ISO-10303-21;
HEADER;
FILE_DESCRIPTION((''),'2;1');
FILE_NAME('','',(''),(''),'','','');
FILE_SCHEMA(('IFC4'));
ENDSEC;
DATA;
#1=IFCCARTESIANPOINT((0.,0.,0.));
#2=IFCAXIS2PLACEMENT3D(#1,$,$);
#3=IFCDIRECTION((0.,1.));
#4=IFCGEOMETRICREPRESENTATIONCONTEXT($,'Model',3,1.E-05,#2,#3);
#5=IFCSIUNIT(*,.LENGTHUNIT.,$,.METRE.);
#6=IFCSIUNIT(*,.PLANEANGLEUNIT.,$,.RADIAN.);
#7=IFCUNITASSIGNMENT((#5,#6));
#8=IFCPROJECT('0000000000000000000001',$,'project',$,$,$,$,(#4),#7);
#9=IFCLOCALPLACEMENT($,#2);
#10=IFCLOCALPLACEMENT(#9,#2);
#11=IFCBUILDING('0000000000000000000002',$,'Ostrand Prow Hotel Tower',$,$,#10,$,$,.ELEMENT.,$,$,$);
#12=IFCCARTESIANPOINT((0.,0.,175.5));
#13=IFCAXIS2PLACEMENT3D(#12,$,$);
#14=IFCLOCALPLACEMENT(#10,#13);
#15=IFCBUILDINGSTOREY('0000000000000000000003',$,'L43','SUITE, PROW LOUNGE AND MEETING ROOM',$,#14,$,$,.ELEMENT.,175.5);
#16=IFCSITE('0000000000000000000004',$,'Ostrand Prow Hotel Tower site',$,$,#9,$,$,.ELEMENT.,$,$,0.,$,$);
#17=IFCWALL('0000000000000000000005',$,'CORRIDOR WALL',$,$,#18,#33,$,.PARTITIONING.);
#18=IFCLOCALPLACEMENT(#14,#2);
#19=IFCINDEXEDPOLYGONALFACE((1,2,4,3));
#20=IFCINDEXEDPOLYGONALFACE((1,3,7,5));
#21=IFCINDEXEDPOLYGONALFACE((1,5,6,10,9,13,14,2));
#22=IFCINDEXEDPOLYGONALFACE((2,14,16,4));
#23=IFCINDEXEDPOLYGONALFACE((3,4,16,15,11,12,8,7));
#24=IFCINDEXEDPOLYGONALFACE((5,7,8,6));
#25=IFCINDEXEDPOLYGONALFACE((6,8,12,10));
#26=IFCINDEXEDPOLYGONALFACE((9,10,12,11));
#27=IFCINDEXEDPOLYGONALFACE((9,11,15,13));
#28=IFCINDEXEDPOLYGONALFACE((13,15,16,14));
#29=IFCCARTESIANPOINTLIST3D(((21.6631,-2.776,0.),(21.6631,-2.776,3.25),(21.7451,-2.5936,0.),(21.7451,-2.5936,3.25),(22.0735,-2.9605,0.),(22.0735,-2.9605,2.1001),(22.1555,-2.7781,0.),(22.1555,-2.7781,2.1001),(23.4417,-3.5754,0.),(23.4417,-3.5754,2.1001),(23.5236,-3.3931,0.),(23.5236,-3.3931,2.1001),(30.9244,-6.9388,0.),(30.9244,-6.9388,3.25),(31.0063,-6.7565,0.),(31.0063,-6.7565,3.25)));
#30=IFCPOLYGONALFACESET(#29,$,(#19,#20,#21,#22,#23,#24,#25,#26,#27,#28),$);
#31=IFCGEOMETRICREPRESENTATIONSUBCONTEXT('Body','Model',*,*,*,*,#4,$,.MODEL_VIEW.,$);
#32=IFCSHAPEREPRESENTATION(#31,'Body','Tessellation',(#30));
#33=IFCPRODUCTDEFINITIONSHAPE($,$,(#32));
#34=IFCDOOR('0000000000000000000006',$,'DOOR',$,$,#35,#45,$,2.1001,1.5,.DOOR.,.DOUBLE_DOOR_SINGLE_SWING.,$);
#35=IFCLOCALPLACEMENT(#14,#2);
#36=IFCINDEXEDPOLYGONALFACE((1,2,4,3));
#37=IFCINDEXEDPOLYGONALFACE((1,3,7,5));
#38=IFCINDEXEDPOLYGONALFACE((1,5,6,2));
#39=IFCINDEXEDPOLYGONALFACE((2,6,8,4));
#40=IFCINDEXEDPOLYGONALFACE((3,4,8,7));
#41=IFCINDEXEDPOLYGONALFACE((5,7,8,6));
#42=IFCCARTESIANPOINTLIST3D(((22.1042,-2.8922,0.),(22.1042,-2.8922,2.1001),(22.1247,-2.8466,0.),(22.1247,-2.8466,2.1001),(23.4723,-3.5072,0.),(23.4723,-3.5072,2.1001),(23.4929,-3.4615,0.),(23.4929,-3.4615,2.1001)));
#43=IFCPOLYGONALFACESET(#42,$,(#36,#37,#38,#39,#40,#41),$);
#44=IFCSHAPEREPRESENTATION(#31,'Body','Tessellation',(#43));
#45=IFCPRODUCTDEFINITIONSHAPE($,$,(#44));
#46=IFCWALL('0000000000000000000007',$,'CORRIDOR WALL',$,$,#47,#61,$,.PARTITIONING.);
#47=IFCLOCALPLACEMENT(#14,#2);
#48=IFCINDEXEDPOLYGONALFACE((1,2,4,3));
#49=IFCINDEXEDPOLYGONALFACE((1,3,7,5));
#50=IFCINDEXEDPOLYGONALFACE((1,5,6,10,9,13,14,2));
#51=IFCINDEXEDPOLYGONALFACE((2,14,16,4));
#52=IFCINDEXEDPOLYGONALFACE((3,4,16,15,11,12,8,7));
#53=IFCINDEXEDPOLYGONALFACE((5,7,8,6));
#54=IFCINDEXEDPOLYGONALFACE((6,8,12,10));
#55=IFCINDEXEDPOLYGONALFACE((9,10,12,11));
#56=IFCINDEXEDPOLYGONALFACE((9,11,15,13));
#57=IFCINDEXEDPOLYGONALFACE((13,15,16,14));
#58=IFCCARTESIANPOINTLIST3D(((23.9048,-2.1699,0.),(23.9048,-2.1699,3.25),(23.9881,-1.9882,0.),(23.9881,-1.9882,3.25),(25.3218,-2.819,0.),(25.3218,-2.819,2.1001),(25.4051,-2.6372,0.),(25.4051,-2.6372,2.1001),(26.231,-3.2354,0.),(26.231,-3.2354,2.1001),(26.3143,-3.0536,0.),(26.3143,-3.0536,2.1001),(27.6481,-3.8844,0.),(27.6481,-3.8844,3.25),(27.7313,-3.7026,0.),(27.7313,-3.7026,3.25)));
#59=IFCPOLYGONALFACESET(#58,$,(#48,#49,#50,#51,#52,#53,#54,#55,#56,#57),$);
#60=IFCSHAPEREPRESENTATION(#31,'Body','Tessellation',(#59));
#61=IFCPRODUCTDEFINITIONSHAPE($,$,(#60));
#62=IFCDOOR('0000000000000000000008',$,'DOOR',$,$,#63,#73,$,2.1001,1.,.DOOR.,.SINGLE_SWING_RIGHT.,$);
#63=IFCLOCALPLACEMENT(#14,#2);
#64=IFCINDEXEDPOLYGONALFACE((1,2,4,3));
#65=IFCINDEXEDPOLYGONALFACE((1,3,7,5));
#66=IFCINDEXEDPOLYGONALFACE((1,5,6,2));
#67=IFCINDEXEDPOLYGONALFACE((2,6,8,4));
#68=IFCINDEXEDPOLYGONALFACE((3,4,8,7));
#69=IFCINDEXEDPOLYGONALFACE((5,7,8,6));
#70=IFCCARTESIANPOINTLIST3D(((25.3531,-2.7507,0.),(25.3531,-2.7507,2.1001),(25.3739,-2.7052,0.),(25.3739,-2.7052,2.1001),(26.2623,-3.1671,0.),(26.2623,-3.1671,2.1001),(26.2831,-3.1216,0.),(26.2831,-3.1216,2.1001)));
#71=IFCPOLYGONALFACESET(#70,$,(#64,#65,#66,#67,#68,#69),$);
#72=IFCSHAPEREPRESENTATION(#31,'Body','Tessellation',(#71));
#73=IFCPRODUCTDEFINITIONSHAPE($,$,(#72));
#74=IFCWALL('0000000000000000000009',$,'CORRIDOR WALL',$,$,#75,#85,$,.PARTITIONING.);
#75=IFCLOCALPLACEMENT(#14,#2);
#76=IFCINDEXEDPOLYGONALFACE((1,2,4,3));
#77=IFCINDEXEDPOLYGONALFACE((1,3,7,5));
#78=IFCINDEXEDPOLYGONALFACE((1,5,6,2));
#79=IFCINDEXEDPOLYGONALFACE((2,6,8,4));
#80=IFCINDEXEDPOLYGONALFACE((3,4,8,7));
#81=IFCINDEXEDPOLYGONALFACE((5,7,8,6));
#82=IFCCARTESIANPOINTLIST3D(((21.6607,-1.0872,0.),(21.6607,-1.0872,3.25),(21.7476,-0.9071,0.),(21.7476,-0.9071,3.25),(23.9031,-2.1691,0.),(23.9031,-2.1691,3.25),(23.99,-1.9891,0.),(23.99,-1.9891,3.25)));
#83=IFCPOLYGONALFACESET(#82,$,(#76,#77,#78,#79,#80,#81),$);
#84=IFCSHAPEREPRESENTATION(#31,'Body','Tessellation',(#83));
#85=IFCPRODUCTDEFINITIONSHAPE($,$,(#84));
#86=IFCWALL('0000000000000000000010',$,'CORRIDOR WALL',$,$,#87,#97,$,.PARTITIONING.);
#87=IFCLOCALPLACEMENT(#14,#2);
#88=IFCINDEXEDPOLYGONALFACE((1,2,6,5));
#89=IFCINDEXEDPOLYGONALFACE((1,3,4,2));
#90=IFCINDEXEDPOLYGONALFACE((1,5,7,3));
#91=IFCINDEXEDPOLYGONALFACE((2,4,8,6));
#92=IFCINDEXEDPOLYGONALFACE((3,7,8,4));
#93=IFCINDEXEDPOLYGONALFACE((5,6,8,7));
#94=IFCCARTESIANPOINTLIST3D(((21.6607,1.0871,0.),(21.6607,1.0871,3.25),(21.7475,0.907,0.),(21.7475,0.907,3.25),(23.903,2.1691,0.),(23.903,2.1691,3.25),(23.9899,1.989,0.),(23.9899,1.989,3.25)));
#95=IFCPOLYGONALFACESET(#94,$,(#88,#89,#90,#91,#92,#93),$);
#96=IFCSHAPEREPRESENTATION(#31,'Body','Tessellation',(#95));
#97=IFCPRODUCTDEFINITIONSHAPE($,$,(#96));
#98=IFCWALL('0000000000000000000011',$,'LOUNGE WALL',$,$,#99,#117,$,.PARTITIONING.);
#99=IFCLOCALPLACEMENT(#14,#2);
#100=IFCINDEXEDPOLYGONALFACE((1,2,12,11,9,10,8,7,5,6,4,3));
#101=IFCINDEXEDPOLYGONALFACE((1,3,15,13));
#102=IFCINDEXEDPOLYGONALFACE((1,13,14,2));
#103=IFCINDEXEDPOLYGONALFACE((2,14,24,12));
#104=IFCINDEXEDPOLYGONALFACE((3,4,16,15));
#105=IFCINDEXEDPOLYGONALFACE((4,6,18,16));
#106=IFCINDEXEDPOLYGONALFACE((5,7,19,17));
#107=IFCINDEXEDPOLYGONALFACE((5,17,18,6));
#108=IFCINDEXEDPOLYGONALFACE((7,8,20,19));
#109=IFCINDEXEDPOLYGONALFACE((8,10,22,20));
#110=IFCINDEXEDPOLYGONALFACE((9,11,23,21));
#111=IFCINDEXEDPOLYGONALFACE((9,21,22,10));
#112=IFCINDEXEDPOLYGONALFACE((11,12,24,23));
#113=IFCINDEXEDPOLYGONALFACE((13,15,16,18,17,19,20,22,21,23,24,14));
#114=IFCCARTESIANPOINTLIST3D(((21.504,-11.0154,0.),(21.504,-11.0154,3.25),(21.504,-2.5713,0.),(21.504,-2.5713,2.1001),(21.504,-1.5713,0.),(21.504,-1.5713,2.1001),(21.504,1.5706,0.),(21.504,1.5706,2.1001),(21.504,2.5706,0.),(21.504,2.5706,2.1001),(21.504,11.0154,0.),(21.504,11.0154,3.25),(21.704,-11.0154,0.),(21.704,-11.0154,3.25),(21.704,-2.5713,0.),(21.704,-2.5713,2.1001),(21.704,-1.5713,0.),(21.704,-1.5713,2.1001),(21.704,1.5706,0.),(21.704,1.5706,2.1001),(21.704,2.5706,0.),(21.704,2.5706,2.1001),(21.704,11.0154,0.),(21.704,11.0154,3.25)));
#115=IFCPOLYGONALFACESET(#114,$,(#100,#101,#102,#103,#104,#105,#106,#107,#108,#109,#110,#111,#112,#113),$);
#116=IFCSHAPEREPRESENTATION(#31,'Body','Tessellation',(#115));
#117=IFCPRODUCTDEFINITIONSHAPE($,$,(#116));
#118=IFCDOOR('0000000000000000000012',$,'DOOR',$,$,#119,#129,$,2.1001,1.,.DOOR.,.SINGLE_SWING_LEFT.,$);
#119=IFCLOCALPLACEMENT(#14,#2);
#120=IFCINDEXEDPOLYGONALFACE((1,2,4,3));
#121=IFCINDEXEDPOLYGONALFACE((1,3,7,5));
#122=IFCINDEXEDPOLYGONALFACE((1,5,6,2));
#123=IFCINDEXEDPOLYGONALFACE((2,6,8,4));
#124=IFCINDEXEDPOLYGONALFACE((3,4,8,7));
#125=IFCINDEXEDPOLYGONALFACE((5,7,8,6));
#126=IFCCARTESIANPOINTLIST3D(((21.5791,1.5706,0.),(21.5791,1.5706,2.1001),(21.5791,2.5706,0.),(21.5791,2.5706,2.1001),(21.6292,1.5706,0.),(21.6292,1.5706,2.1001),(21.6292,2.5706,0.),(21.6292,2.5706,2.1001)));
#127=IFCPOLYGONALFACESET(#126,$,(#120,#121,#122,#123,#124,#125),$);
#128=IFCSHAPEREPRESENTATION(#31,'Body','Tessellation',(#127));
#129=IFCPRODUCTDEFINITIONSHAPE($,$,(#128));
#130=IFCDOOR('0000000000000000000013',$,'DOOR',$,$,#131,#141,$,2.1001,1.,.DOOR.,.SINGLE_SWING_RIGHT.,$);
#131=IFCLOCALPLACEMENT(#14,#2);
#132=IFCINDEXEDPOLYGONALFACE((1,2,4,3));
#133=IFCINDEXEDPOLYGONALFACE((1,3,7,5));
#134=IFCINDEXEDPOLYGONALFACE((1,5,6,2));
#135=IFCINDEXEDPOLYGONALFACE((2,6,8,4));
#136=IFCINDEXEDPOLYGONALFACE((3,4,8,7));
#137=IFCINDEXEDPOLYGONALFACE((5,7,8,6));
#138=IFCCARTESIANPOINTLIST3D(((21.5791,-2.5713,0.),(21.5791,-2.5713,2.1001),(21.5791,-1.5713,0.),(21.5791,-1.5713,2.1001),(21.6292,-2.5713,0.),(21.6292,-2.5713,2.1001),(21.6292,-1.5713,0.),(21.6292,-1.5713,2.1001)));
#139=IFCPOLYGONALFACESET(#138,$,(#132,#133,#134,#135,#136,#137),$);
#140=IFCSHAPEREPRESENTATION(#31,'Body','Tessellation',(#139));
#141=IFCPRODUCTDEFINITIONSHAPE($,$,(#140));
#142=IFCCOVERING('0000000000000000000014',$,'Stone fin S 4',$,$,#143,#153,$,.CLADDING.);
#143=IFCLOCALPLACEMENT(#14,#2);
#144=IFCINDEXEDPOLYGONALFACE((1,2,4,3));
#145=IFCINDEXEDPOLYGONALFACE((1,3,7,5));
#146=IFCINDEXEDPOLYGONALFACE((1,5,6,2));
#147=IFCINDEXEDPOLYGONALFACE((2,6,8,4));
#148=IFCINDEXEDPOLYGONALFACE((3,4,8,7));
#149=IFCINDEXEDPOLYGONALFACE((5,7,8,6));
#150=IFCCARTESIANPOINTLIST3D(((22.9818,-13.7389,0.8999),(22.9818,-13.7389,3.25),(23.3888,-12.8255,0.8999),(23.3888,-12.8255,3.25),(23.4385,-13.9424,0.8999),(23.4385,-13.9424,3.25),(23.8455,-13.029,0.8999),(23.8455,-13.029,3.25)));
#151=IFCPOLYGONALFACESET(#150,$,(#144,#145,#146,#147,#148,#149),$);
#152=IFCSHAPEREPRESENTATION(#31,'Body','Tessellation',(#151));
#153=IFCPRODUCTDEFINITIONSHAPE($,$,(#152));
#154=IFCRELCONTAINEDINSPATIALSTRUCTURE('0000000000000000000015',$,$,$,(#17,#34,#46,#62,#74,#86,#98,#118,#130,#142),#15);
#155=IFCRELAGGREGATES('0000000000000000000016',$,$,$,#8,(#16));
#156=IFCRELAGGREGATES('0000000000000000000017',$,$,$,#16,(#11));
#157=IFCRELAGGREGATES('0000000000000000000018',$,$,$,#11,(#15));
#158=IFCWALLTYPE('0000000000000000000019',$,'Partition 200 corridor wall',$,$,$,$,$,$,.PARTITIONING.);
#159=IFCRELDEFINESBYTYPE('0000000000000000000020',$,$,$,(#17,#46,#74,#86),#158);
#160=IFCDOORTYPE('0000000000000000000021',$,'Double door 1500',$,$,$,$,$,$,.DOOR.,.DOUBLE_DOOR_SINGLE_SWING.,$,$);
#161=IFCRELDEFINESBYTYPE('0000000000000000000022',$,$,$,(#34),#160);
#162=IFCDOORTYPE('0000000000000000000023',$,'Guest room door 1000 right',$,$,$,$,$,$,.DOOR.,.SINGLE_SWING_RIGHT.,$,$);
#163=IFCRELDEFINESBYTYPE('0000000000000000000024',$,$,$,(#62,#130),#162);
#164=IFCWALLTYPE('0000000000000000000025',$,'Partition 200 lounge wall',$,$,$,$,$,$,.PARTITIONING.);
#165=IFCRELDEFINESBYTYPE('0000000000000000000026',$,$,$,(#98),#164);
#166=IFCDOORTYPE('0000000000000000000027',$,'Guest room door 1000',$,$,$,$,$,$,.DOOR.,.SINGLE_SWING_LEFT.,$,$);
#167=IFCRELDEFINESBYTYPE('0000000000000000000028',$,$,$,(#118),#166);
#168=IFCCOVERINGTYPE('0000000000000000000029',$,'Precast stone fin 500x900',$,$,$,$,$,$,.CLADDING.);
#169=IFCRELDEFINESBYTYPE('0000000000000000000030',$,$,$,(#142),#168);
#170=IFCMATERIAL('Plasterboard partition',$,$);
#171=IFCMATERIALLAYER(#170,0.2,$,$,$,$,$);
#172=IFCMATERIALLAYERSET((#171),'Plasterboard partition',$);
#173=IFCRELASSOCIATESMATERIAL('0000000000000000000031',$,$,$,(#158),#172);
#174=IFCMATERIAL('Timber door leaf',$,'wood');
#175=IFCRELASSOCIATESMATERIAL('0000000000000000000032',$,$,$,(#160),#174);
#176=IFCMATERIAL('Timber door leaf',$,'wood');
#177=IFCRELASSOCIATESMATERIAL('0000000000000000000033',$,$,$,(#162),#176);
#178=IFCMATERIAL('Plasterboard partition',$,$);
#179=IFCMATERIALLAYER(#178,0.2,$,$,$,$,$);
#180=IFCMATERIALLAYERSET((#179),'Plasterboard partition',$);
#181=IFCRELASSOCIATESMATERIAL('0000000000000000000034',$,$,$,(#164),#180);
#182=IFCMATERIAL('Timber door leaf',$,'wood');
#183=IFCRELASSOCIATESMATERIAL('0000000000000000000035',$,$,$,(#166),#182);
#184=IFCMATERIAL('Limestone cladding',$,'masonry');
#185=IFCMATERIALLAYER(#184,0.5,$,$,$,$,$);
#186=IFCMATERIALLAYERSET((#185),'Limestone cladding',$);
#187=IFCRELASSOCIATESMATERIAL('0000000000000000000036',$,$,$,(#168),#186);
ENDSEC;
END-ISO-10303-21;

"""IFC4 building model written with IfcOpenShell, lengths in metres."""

from ifc_helpers import new_model, si_unit, direction, frame, frame_2d, origin, place, context, subcontext, project, spatial, rectangle, extrude, material, layer, layer_set, type_object, element, fill, save


model = new_model("IFC4")

# Units and contexts
model_context = context("Model", 3, precision=1e-05, world=origin(), true_north=direction((0.0, 1.0)))
body_context = subcontext(model_context, "Body", "Model", "MODEL_VIEW")
ifc_project = project(units=[si_unit("LENGTHUNIT", "METRE"), si_unit("PLANEANGLEUNIT", "RADIAN")], contexts=[model_context])

# Site, building, storey
site_placement = place(None, origin())
site = spatial("IfcSite", under=ifc_project, at=site_placement, Name="Ostrand Prow Hotel Tower site", CompositionType="ELEMENT", RefElevation=0.0)
building_placement = place(site_placement, origin())
building = spatial("IfcBuilding", under=site, at=building_placement, Name="Ostrand Prow Hotel Tower", CompositionType="ELEMENT")
storey_placement = place(building_placement, frame((0.0, 0.0, 175.5)))
storey = spatial("IfcBuildingStorey", under=building, at=storey_placement, Name="L43", Description="SUITE, PROW LOUNGE AND MEETING ROOM", CompositionType="ELEMENT", Elevation=175.5)

# Walls, openings, doors
ifc_material_1 = material(Name="Plasterboard partition")
ifc_layer_1 = layer(ifc_material_1, 0.2)
ifc_layer_set_1 = layer_set([ifc_layer_1], Name="Plasterboard partition")
wall_type_1 = type_object("IfcWallType", Name="Partition 200 corridor wall", PredefinedType="PARTITIONING", material=ifc_layer_set_1)
wall_1_placement = place(storey_placement, frame((21.7041, -2.6848, 0.0), z_axis=(0.0, 0.0, 1.0), x_axis=(0.912095, -0.409979, 0.0)))
wall_1 = element("IfcWall", 1, at=wall_1_placement, inside=storey, type_object=wall_type_1, Name="CORRIDOR WALL", PredefinedType="PARTITIONING", context=body_context, shape_type="SweptSolid", body=[
    extrude(rectangle(XDim=10.1538, YDim=0.2, at=frame_2d((5.0769, 0.0))), origin(), (0.0, 0.0, 1.0), 3.25),
])
opening_1_placement = place(wall_1_placement, frame((0.45, 0.0, 0.0)))
opening_1 = element("IfcOpeningElement", 2, at=opening_1_placement, cuts=wall_1, PredefinedType="OPENING", context=body_context, shape_type="SweptSolid", body=[
    extrude(rectangle(XDim=1.5, YDim=2.1001, at=frame_2d((0.75, 1.05))), frame((0.0, 0.1099, 0.0), z_axis=(0.0, -1.0, 0.0), x_axis=(1.0, 0.0, 0.0)), (0.0, 0.0, 1.0), 0.22),
])
ifc_material_2 = material(Name="Timber door leaf", Category="wood")
door_type_1 = type_object("IfcDoorType", Name="Double door 1500", OperationType="DOUBLE_DOOR_SINGLE_SWING", PredefinedType="DOOR", material=ifc_material_2)
door_1_placement = place(opening_1_placement, origin())
door_1 = element("IfcDoor", 3, at=door_1_placement, inside=storey, type_object=door_type_1, Name="DOOR", OperationType="DOUBLE_DOOR_SINGLE_SWING", OverallHeight=2.1001, OverallWidth=1.5, PredefinedType="DOOR", context=body_context, shape_type="SweptSolid", body=[
    extrude(rectangle(XDim=1.5, YDim=2.1001, at=frame_2d((0.75, 1.05))), frame((0.0, 0.0249, 0.0), z_axis=(0.0, -1.0, 0.0), x_axis=(1.0, 0.0, 0.0)), (0.0, 0.0, 1.0), 0.05),
])
fill(opening_1, door_1)
wall_2_placement = place(storey_placement, frame((27.6897, -3.7935, 0.0), z_axis=(0.0, 0.0, 1.0), x_axis=(-0.909181, 0.416402, 0.0)))
wall_2 = element("IfcWall", 4, at=wall_2_placement, inside=storey, type_object=wall_type_1, Name="CORRIDOR WALL", PredefinedType="PARTITIONING", context=body_context, shape_type="SweptSolid", body=[
    extrude(rectangle(XDim=4.1172, YDim=0.2, at=frame_2d((2.0586, 0.0))), origin(), (0.0, 0.0, 1.0), 3.25),
])
opening_2_placement = place(wall_2_placement, frame((1.5586, 0.0, 0.0)))
opening_2 = element("IfcOpeningElement", 5, at=opening_2_placement, cuts=wall_2, PredefinedType="OPENING", context=body_context, shape_type="SweptSolid", body=[
    extrude(rectangle(XDim=1.0, YDim=2.1001, at=frame_2d((0.5, 1.05))), frame((0.0, 0.1099, 0.0), z_axis=(0.0, -1.0, 0.0), x_axis=(1.0, 0.0, 0.0)), (0.0, 0.0, 1.0), 0.22),
])
ifc_material_3 = material(Name="Timber door leaf", Category="wood")
door_type_2 = type_object("IfcDoorType", Name="Guest room door 1000 right", OperationType="SINGLE_SWING_RIGHT", PredefinedType="DOOR", material=ifc_material_3)
door_2_placement = place(opening_2_placement, origin())
door_2 = element("IfcDoor", 6, at=door_2_placement, inside=storey, type_object=door_type_2, Name="DOOR", OperationType="SINGLE_SWING_RIGHT", OverallHeight=2.1001, OverallWidth=1.0, PredefinedType="DOOR", context=body_context, shape_type="SweptSolid", body=[
    extrude(rectangle(XDim=1.0, YDim=2.1001, at=frame_2d((0.5, 1.05))), frame((0.0, 0.0249, 0.0), z_axis=(0.0, -1.0, 0.0), x_axis=(1.0, 0.0, 0.0)), (0.0, 0.0, 1.0), 0.05),
])
fill(opening_2, door_2)

# Walls
for number, where, z_axis, x_axis, name in (
    (7, (23.9465, -2.0791, 0.0), (0.0, 0.0, 1.0), (-0.900634, 0.434579, 0.0), "CORRIDOR WALL"),
    (8, (21.7041, 0.9971, 0.0), (0.0, 0.0, 1.0), (0.900634, 0.434579, 0.0), "CORRIDOR WALL"),
):
    element("IfcWall", number, at=place(storey_placement, frame(where, z_axis=z_axis, x_axis=x_axis)), inside=storey, type_object=wall_type_1, Name=name, PredefinedType="PARTITIONING", context=body_context, shape_type="SweptSolid", body=[
        extrude(rectangle(XDim=2.4897, YDim=0.2, at=frame_2d((1.2449, 0.0))), origin(), (0.0, 0.0, 1.0), 3.25),
    ])

# Wall, openings, doors
ifc_material_4 = material(Name="Plasterboard partition")
ifc_layer_2 = layer(ifc_material_4, 0.2)
ifc_layer_set_2 = layer_set([ifc_layer_2], Name="Plasterboard partition")
wall_type_2 = type_object("IfcWallType", Name="Partition 200 lounge wall", PredefinedType="PARTITIONING", material=ifc_layer_set_2)
wall_3_placement = place(storey_placement, frame((21.604, -11.0154, 0.0), z_axis=(0.0, 0.0, 1.0), x_axis=(0.0, 1.0, 0.0)))
wall_3 = element("IfcWall", 9, at=wall_3_placement, inside=storey, type_object=wall_type_2, Name="LOUNGE WALL", PredefinedType="PARTITIONING", context=body_context, shape_type="SweptSolid", body=[
    extrude(rectangle(XDim=22.0308, YDim=0.2, at=frame_2d((11.0154, 0.0))), origin(), (0.0, 0.0, 1.0), 3.25),
])
opening_3_placement = place(wall_3_placement, frame((12.5859, 0.0, 0.0)))
opening_3 = element("IfcOpeningElement", 10, at=opening_3_placement, cuts=wall_3, PredefinedType="OPENING", context=body_context, shape_type="SweptSolid", body=[
    extrude(rectangle(XDim=1.0, YDim=2.1001, at=frame_2d((0.5, 1.05))), frame((0.0, 0.1099, 0.0), z_axis=(0.0, -1.0, 0.0), x_axis=(1.0, 0.0, 0.0)), (0.0, 0.0, 1.0), 0.22),
])
opening_4_placement = place(wall_3_placement, frame((8.4441, 0.0, 0.0)))
opening_4 = element("IfcOpeningElement", 11, at=opening_4_placement, cuts=wall_3, PredefinedType="OPENING", context=body_context, shape_type="SweptSolid", body=[
    extrude(rectangle(XDim=1.0, YDim=2.1001, at=frame_2d((0.5, 1.05))), frame((0.0, 0.1099, 0.0), z_axis=(0.0, -1.0, 0.0), x_axis=(1.0, 0.0, 0.0)), (0.0, 0.0, 1.0), 0.22),
])
ifc_material_5 = material(Name="Timber door leaf", Category="wood")
door_type_3 = type_object("IfcDoorType", Name="Guest room door 1000", OperationType="SINGLE_SWING_LEFT", PredefinedType="DOOR", material=ifc_material_5)
door_3_placement = place(opening_3_placement, origin())
door_3 = element("IfcDoor", 12, at=door_3_placement, inside=storey, type_object=door_type_3, Name="DOOR", OperationType="SINGLE_SWING_LEFT", OverallHeight=2.1001, OverallWidth=1.0, PredefinedType="DOOR", context=body_context, shape_type="SweptSolid", body=[
    extrude(rectangle(XDim=1.0, YDim=2.1001, at=frame_2d((0.5, 1.05))), frame((0.0, 0.0249, 0.0), z_axis=(0.0, -1.0, 0.0), x_axis=(1.0, 0.0, 0.0)), (0.0, 0.0, 1.0), 0.05),
])
fill(opening_3, door_3)
door_4_placement = place(opening_4_placement, origin())
door_4 = element("IfcDoor", 13, at=door_4_placement, inside=storey, type_object=door_type_2, Name="DOOR", OperationType="SINGLE_SWING_RIGHT", OverallHeight=2.1001, OverallWidth=1.0, PredefinedType="DOOR", context=body_context, shape_type="SweptSolid", body=[
    extrude(rectangle(XDim=1.0, YDim=2.1001, at=frame_2d((0.5, 1.05))), frame((0.0, 0.0249, 0.0), z_axis=(0.0, -1.0, 0.0), x_axis=(1.0, 0.0, 0.0)), (0.0, 0.0, 1.0), 0.05),
])
fill(opening_4, door_4)

# Covering
ifc_material_6 = material(Name="Limestone cladding", Category="masonry")
ifc_layer_3 = layer(ifc_material_6, 0.5)
ifc_layer_set_3 = layer_set([ifc_layer_3], Name="Limestone cladding")
covering_type = type_object("IfcCoveringType", Name="Precast stone fin 500x900", PredefinedType="CLADDING", material=ifc_layer_set_3)
covering_placement = place(storey_placement, frame((23.6172, -12.9272, 0.8999), z_axis=(0.0, 0.0, 1.0), x_axis=(-0.407022, -0.913418, 0.0)))
element("IfcCovering", 14, at=covering_placement, inside=storey, type_object=covering_type, Name="Stone fin S 4", PredefinedType="CLADDING", context=body_context, shape_type="SweptSolid", body=[
    extrude(rectangle(XDim=1.0, YDim=0.5, at=frame_2d((0.5, 0.0))), origin(), (0.0, 0.0, 1.0), 2.3501),
])

save(model, "model.ifc")
